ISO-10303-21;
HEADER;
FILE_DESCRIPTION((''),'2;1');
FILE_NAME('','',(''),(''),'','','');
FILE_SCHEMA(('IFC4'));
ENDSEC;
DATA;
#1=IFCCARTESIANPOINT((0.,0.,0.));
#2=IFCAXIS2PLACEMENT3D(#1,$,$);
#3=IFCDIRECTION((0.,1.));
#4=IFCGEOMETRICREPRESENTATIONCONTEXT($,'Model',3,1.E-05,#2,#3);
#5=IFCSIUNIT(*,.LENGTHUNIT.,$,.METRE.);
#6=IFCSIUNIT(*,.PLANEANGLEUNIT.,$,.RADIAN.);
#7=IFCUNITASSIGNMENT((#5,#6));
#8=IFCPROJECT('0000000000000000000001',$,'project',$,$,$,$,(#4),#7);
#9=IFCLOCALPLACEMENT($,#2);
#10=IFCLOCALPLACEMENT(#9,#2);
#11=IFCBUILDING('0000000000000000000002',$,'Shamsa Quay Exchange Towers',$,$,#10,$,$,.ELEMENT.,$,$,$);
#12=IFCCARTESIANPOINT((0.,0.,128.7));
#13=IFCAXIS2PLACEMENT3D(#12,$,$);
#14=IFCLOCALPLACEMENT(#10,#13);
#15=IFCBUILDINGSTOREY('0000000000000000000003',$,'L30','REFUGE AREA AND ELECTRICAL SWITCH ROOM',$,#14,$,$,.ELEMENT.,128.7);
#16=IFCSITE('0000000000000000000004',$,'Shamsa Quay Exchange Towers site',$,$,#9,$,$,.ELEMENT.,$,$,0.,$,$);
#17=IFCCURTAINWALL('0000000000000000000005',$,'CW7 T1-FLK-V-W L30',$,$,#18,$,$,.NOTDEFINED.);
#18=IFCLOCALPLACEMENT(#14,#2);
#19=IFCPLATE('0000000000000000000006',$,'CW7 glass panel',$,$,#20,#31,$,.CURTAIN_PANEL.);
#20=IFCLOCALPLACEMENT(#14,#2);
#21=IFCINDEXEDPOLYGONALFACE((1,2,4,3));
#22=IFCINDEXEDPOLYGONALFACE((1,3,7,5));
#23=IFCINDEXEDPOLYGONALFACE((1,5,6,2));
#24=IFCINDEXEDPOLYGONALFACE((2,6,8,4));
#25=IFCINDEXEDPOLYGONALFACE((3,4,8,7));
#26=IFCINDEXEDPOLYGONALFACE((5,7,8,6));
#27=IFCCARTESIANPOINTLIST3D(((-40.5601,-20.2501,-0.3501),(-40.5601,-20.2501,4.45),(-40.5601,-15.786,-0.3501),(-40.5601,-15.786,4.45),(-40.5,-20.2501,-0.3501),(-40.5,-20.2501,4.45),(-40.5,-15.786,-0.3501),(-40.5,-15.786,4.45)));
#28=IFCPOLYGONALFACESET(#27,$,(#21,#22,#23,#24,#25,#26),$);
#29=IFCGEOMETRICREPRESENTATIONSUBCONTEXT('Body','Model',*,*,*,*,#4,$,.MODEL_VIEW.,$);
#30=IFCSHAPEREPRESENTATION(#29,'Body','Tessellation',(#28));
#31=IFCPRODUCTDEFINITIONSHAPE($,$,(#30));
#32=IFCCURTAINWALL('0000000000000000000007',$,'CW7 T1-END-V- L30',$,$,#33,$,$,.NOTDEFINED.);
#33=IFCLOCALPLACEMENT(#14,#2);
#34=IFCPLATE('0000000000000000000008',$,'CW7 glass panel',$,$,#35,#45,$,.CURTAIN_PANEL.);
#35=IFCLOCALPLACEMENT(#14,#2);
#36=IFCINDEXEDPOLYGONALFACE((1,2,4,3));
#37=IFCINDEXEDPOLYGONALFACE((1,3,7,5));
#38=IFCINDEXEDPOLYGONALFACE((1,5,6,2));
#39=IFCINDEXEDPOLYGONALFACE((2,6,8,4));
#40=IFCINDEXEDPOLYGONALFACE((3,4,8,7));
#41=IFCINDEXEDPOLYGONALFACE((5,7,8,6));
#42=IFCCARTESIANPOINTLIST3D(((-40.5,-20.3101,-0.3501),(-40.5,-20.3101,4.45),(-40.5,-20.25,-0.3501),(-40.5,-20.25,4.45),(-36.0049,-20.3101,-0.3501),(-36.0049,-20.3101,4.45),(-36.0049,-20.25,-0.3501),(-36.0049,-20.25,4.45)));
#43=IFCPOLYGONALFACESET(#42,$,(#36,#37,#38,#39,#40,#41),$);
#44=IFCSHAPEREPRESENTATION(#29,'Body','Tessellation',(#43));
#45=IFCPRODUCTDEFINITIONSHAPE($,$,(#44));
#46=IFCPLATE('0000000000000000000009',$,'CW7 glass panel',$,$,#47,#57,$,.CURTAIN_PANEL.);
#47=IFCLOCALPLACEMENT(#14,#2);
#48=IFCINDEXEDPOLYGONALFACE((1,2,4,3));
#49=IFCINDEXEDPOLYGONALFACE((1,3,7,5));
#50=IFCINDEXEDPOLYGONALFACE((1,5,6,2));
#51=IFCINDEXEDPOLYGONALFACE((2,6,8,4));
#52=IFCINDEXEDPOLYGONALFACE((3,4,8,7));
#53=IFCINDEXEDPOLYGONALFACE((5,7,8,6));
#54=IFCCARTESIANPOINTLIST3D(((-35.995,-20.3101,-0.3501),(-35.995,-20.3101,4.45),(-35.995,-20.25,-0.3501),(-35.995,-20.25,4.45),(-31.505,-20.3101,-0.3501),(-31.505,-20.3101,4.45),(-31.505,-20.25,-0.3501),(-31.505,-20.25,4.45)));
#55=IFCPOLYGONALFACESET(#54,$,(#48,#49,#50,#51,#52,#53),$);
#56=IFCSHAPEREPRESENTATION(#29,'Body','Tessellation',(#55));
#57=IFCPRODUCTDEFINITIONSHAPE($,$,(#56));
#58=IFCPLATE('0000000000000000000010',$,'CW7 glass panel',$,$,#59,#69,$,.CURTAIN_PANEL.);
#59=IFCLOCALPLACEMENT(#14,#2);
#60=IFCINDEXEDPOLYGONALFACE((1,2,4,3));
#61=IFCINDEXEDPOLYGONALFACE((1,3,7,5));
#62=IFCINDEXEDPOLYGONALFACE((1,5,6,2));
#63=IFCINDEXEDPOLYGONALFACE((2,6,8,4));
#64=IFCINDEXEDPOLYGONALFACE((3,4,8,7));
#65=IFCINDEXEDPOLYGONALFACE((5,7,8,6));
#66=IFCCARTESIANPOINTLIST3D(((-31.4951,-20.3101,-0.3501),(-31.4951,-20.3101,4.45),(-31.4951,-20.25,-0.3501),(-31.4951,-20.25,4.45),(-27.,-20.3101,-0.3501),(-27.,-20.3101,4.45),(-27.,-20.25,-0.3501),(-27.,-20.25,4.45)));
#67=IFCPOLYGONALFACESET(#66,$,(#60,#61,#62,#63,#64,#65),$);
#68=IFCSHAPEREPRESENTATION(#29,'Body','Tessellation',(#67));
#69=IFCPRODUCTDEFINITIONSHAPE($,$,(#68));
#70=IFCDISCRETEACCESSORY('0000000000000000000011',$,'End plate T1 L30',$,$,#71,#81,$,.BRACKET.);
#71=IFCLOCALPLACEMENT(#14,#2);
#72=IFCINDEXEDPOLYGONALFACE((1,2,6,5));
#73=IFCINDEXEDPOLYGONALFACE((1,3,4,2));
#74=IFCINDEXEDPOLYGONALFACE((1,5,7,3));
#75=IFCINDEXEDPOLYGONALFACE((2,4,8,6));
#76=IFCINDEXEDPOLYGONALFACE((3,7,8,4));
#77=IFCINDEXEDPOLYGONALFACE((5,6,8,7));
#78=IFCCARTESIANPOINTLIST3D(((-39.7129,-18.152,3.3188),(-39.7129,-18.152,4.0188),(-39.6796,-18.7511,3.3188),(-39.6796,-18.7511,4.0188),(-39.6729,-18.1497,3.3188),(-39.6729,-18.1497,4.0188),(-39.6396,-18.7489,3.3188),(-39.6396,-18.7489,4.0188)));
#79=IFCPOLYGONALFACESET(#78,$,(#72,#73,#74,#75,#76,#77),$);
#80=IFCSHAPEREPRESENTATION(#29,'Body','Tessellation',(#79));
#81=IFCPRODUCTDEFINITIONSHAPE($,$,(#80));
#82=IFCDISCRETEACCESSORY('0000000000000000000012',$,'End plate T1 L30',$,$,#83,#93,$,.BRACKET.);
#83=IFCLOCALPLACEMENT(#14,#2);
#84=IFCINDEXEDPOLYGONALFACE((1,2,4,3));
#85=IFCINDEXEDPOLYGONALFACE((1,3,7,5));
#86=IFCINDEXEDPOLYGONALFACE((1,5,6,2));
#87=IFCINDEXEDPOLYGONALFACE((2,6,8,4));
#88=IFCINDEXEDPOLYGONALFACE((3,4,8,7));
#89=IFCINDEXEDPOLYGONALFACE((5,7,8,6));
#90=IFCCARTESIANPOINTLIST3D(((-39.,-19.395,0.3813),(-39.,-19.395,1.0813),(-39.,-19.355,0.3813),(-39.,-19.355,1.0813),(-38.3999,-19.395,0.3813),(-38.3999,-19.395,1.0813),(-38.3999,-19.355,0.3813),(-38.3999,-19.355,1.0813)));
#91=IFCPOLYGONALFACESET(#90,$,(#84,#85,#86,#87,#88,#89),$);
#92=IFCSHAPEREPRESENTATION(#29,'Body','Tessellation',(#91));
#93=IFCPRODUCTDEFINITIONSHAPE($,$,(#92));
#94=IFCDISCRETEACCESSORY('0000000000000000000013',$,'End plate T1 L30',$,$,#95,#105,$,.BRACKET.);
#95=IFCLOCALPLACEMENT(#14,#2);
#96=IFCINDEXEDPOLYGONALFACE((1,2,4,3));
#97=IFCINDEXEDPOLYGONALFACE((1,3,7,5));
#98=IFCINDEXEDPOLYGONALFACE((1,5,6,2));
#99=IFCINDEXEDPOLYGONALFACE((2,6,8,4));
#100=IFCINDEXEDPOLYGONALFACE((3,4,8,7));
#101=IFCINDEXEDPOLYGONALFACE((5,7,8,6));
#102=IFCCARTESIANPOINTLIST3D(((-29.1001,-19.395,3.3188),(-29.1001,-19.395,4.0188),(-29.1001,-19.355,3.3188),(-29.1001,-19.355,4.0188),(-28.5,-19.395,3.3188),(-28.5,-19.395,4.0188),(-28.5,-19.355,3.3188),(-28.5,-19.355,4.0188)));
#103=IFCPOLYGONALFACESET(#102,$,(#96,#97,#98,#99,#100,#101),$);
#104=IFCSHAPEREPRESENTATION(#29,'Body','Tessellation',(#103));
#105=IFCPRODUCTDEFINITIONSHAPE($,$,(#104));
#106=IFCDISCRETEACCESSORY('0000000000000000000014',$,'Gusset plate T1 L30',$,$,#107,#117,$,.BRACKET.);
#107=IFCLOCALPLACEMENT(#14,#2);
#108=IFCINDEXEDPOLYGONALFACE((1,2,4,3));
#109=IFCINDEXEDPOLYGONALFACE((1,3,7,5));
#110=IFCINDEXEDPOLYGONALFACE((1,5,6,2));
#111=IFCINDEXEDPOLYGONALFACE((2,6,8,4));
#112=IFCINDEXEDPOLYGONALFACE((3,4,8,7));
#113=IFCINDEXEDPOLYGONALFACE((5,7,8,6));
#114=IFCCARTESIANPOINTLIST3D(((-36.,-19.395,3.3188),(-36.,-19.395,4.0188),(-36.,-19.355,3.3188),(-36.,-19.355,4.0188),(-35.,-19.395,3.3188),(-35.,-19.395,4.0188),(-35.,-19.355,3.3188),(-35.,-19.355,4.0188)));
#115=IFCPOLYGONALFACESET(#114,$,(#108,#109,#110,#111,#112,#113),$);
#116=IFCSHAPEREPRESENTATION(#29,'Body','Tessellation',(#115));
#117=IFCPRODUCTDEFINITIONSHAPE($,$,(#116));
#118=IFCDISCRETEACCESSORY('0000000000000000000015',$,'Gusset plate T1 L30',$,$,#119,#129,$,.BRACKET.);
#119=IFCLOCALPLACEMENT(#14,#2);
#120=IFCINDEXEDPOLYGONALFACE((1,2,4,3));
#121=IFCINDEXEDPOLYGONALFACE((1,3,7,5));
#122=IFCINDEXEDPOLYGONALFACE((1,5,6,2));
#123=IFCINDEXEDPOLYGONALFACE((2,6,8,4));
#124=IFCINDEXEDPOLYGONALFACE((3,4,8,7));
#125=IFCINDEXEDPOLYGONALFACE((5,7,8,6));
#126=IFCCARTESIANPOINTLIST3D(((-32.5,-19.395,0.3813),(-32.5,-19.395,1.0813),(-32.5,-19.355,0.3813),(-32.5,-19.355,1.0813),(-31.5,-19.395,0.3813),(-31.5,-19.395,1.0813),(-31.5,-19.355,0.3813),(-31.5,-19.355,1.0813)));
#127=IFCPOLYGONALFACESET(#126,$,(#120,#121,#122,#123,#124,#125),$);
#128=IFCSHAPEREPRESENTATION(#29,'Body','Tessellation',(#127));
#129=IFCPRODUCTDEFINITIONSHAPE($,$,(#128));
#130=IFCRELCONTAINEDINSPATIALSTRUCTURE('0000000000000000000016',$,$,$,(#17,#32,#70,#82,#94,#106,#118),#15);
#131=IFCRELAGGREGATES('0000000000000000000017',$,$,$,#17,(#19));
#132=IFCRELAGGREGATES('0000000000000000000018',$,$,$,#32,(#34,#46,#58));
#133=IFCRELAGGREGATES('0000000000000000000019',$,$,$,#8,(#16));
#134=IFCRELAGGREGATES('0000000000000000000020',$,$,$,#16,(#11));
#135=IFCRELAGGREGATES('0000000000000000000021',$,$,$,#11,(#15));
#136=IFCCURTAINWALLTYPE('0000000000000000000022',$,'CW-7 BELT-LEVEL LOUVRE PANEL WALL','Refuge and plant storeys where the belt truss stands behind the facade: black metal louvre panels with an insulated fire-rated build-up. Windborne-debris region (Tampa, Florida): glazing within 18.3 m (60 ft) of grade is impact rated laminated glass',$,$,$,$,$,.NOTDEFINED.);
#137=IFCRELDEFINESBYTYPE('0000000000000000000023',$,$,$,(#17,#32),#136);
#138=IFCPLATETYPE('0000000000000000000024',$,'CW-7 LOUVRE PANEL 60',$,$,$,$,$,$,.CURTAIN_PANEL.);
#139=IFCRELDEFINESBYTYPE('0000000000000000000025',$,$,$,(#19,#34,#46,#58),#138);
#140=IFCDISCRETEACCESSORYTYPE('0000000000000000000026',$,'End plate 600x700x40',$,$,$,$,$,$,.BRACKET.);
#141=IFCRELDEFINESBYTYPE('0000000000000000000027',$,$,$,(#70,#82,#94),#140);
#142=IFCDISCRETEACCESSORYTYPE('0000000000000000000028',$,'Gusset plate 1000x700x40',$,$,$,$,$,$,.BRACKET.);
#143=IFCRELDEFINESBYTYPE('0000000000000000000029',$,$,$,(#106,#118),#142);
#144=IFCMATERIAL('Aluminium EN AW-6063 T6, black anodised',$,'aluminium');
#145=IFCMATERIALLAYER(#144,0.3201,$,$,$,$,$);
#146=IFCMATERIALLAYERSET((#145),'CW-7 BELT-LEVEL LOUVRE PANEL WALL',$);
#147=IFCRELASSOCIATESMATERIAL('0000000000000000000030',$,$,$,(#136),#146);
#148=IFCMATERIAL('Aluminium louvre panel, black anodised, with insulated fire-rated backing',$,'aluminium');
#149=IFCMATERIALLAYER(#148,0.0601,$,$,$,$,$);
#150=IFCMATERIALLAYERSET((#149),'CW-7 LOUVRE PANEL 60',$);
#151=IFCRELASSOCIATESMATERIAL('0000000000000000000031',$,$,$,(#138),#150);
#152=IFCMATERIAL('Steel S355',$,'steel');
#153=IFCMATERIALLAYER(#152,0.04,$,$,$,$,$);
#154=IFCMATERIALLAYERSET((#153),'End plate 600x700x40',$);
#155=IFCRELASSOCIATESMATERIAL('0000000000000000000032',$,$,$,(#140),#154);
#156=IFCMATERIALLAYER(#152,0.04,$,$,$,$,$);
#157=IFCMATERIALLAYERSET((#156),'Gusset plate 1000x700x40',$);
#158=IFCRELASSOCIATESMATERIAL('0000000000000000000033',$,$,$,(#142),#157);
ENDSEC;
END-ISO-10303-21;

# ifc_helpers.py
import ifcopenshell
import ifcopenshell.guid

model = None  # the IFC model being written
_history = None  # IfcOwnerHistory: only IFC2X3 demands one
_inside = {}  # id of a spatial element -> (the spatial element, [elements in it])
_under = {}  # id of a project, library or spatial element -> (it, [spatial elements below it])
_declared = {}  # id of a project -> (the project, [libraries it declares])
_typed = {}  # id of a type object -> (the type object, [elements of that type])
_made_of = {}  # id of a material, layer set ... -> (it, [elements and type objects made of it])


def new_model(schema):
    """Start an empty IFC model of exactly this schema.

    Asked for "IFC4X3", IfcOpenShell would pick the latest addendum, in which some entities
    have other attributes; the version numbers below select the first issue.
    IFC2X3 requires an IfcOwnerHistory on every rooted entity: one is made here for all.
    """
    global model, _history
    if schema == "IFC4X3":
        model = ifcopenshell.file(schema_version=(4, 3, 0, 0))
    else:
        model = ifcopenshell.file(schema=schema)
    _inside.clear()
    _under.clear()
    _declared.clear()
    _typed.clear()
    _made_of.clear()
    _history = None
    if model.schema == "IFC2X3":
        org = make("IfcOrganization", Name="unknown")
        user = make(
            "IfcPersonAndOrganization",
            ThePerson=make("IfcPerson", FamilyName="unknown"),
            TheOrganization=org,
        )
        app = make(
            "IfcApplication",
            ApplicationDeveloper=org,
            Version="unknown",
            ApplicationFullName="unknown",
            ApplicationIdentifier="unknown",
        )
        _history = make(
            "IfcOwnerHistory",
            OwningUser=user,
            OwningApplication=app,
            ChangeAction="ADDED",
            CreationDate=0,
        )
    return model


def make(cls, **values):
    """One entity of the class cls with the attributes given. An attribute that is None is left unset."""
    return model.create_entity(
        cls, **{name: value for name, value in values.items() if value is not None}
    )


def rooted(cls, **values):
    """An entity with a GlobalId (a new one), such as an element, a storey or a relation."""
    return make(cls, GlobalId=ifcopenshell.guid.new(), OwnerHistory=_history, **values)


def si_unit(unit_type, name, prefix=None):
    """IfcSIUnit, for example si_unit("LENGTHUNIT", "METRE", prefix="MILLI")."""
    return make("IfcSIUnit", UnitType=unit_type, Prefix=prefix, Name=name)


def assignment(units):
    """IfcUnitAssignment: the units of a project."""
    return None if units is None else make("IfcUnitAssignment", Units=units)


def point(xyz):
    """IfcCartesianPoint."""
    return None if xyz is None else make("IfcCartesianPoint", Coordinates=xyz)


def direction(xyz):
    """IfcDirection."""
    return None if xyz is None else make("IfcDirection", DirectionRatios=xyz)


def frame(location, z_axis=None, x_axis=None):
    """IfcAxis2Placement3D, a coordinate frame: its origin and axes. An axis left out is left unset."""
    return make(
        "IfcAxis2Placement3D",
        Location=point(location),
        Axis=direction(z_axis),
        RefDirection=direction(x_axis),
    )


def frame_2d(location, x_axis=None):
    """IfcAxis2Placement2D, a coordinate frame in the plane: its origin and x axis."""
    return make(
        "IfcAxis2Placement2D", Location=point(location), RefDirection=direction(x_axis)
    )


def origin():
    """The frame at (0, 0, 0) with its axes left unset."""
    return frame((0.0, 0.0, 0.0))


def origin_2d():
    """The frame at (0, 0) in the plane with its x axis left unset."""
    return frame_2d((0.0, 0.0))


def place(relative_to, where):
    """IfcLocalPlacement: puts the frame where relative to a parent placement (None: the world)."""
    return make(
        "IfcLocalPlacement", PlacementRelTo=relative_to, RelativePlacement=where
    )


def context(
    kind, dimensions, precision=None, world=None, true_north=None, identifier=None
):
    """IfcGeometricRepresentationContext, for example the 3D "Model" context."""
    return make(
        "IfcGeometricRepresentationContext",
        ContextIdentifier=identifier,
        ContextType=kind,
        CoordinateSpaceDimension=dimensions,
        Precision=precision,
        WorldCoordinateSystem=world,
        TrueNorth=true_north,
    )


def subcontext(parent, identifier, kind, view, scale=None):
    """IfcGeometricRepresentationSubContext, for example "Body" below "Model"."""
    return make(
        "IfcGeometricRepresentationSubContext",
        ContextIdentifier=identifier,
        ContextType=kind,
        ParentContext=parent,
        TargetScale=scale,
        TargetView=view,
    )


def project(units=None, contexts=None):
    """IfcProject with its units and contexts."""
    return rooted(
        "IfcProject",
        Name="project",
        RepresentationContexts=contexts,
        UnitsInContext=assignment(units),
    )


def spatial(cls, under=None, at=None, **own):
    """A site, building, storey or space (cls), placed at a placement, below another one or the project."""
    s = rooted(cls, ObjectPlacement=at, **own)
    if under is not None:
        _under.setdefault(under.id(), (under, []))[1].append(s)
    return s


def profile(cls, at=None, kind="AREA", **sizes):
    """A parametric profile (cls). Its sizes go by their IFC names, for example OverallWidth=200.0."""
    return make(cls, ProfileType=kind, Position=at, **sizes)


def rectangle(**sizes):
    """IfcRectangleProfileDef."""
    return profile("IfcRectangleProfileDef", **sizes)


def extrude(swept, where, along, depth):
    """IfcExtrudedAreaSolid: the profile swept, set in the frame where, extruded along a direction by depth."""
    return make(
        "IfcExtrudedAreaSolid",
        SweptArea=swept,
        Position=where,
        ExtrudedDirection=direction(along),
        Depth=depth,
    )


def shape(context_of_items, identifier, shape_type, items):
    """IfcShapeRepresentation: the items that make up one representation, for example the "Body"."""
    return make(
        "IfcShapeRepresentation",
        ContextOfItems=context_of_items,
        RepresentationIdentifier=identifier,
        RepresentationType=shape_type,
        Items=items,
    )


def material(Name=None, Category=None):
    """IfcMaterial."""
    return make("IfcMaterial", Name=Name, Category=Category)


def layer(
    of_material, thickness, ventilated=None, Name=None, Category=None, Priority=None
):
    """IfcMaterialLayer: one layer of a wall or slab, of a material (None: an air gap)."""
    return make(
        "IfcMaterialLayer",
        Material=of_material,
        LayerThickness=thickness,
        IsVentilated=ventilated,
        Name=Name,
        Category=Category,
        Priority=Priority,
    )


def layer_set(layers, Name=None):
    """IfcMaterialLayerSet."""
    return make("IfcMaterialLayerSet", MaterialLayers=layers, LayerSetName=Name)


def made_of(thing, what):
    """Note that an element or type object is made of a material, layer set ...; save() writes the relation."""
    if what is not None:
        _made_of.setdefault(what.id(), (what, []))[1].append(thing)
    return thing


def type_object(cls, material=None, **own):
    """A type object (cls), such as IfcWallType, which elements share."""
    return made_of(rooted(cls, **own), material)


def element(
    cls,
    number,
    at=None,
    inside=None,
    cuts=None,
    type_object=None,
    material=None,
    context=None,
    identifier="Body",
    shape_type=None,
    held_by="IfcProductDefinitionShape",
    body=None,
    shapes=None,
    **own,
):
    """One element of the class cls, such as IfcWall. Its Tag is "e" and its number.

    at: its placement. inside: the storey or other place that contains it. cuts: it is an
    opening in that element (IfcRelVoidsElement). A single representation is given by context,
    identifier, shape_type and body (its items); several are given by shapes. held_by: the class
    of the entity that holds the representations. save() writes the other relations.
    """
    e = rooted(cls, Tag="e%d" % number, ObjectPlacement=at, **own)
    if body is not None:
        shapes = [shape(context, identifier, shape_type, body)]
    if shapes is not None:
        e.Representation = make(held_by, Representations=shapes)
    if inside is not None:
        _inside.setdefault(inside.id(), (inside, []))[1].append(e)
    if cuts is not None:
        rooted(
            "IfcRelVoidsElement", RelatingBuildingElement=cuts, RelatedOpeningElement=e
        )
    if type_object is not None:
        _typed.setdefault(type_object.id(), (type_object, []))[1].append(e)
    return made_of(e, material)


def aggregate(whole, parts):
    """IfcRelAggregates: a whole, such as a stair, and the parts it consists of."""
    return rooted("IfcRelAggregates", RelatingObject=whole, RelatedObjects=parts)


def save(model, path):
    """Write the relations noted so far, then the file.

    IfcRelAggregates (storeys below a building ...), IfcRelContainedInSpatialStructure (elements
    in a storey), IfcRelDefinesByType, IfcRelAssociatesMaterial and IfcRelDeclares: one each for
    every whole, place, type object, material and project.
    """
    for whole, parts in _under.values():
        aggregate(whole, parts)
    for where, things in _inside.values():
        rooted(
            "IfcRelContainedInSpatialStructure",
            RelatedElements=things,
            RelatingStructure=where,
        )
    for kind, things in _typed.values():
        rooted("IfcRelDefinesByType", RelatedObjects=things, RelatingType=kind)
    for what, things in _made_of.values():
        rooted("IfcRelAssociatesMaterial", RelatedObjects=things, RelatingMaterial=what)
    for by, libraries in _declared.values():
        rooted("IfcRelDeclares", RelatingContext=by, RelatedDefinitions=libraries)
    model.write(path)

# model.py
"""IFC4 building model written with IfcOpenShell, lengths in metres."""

from ifc_helpers import new_model, si_unit, direction, frame, origin, origin_2d, place, context, subcontext, project, spatial, rectangle, extrude, material, layer, layer_set, type_object, element, aggregate, save


model = new_model("IFC4")

# Units and contexts
model_context = context("Model", 3, precision=1e-05, world=origin(), true_north=direction((0.0, 1.0)))
body_context = subcontext(model_context, "Body", "Model", "MODEL_VIEW")
ifc_project = project(units=[si_unit("LENGTHUNIT", "METRE"), si_unit("PLANEANGLEUNIT", "RADIAN")], contexts=[model_context])

# Site, building, storey
site_placement = place(None, origin())
site = spatial("IfcSite", under=ifc_project, at=site_placement, Name="Shamsa Quay Exchange Towers site", CompositionType="ELEMENT", RefElevation=0.0)
building_placement = place(site_placement, origin())
building = spatial("IfcBuilding", under=site, at=building_placement, Name="Shamsa Quay Exchange Towers", CompositionType="ELEMENT")
storey_placement = place(building_placement, frame((0.0, 0.0, 128.7)))
storey = spatial("IfcBuildingStorey", under=building, at=storey_placement, Name="L30", Description="REFUGE AREA AND ELECTRICAL SWITCH ROOM", CompositionType="ELEMENT", Elevation=128.7)

# Shared definitions
ifc_material_1 = material(Name="Steel S355", Category="steel")

# Curtain wall, plate
ifc_material_2 = material(Name="Aluminium EN AW-6063 T6, black anodised", Category="aluminium")
ifc_layer_1 = layer(ifc_material_2, 0.3201)
ifc_layer_set_1 = layer_set([ifc_layer_1], Name="CW-7 BELT-LEVEL LOUVRE PANEL WALL")
curtain_wall_type = type_object("IfcCurtainWallType", Name="CW-7 BELT-LEVEL LOUVRE PANEL WALL", Description="Refuge and plant storeys where the belt truss stands behind the facade: black metal louvre panels with an insulated fire-rated build-up. Windborne-debris region (Tampa, Florida): glazing within 18.3 m (60 ft) of grade is impact rated laminated glass", PredefinedType="NOTDEFINED", material=ifc_layer_set_1)
curtain_wall_1_placement = place(storey_placement, origin())
curtain_wall_1 = element("IfcCurtainWall", 1, at=curtain_wall_1_placement, inside=storey, type_object=curtain_wall_type, Name="CW7 T1-FLK-V-W L30", PredefinedType="NOTDEFINED")
ifc_material_3 = material(Name="Aluminium louvre panel, black anodised, with insulated fire-rated backing", Category="aluminium")
ifc_layer_2 = layer(ifc_material_3, 0.0601)
ifc_layer_set_2 = layer_set([ifc_layer_2], Name="CW-7 LOUVRE PANEL 60")
plate_type = type_object("IfcPlateType", Name="CW-7 LOUVRE PANEL 60", PredefinedType="CURTAIN_PANEL", material=ifc_layer_set_2)
plate_1_placement = place(storey_placement, frame((-40.53, -18.0181, -0.3501), z_axis=(0.0, 0.0, 1.0), x_axis=(0.0, -1.0, 0.0)))
plate_1 = element("IfcPlate", 2, at=plate_1_placement, type_object=plate_type, Name="CW7 glass panel", PredefinedType="CURTAIN_PANEL", context=body_context, shape_type="SweptSolid", body=[
    extrude(rectangle(XDim=4.4641, YDim=0.0601, at=origin_2d()), origin(), (0.0, 0.0, 1.0), 4.8),
])
aggregate(curtain_wall_1, [plate_1])

# Curtain wall, plates
curtain_wall_2_placement = place(storey_placement, origin())
curtain_wall_2 = element("IfcCurtainWall", 3, at=curtain_wall_2_placement, inside=storey, type_object=curtain_wall_type, Name="CW7 T1-END-V- L30", PredefinedType="NOTDEFINED")
plate_2_placement = place(storey_placement, frame((-38.2524, -20.28, -0.3501)))
plate_2 = element("IfcPlate", 4, at=plate_2_placement, type_object=plate_type, Name="CW7 glass panel", PredefinedType="CURTAIN_PANEL", context=body_context, shape_type="SweptSolid", body=[
    extrude(rectangle(XDim=4.4951, YDim=0.0601, at=origin_2d()), origin(), (0.0, 0.0, 1.0), 4.8),
])
plate_3_placement = place(storey_placement, frame((-33.75, -20.28, -0.3501)))
plate_3 = element("IfcPlate", 5, at=plate_3_placement, type_object=plate_type, Name="CW7 glass panel", PredefinedType="CURTAIN_PANEL", context=body_context, shape_type="SweptSolid", body=[
    extrude(rectangle(XDim=4.49, YDim=0.0601, at=origin_2d()), origin(), (0.0, 0.0, 1.0), 4.8),
])
plate_4_placement = place(storey_placement, frame((-29.2476, -20.28, -0.3501)))
plate_4 = element("IfcPlate", 6, at=plate_4_placement, type_object=plate_type, Name="CW7 glass panel", PredefinedType="CURTAIN_PANEL", context=body_context, shape_type="SweptSolid", body=[
    extrude(rectangle(XDim=4.4951, YDim=0.0601, at=origin_2d()), origin(), (0.0, 0.0, 1.0), 4.8),
])
aggregate(curtain_wall_2, [plate_2, plate_3, plate_4])

# Discrete accessories
ifc_layer_3 = layer(ifc_material_1, 0.04)
ifc_layer_set_3 = layer_set([ifc_layer_3], Name="End plate 600x700x40")
discrete_accessory_type_1 = type_object("IfcDiscreteAccessoryType", Name="End plate 600x700x40", PredefinedType="BRACKET", material=ifc_layer_set_3)
discrete_accessory_placement = place(storey_placement, frame((-39.6763, -18.4504, 3.3188), z_axis=(0.0, 0.0, 1.0), x_axis=(0.05547, -0.99846, 0.0)))
element("IfcDiscreteAccessory", 7, at=discrete_accessory_placement, inside=storey, type_object=discrete_accessory_type_1, Name="End plate T1 L30", PredefinedType="BRACKET", context=body_context, shape_type="SweptSolid", body=[
    extrude(rectangle(XDim=0.6001, YDim=0.04, at=origin_2d()), origin(), (0.0, 0.0, 1.0), 0.7),
])
for number, where, name in (
    (8, (-38.7, -19.375, 0.3813), "End plate T1 L30"),
    (9, (-28.8, -19.375, 3.3188), "End plate T1 L30"),
):
    element("IfcDiscreteAccessory", number, at=place(storey_placement, frame(where)), inside=storey, type_object=discrete_accessory_type_1, Name=name, PredefinedType="BRACKET", context=body_context, shape_type="SweptSolid", body=[
        extrude(rectangle(XDim=0.6001, YDim=0.04, at=origin_2d()), origin(), (0.0, 0.0, 1.0), 0.7),
    ])
ifc_layer_4 = layer(ifc_material_1, 0.04)
ifc_layer_set_4 = layer_set([ifc_layer_4], Name="Gusset plate 1000x700x40")
discrete_accessory_type_2 = type_object("IfcDiscreteAccessoryType", Name="Gusset plate 1000x700x40", PredefinedType="BRACKET", material=ifc_layer_set_4)
for number, where, name in (
    (10, (-35.5, -19.375, 3.3188), "Gusset plate T1 L30"),
    (11, (-32.0, -19.375, 0.3813), "Gusset plate T1 L30"),
):
    element("IfcDiscreteAccessory", number, at=place(storey_placement, frame(where)), inside=storey, type_object=discrete_accessory_type_2, Name=name, PredefinedType="BRACKET", context=body_context, shape_type="SweptSolid", body=[
        extrude(rectangle(XDim=1.0, YDim=0.04, at=origin_2d()), origin(), (0.0, 0.0, 1.0), 0.7),
    ])

save(model, "model.ifc")
